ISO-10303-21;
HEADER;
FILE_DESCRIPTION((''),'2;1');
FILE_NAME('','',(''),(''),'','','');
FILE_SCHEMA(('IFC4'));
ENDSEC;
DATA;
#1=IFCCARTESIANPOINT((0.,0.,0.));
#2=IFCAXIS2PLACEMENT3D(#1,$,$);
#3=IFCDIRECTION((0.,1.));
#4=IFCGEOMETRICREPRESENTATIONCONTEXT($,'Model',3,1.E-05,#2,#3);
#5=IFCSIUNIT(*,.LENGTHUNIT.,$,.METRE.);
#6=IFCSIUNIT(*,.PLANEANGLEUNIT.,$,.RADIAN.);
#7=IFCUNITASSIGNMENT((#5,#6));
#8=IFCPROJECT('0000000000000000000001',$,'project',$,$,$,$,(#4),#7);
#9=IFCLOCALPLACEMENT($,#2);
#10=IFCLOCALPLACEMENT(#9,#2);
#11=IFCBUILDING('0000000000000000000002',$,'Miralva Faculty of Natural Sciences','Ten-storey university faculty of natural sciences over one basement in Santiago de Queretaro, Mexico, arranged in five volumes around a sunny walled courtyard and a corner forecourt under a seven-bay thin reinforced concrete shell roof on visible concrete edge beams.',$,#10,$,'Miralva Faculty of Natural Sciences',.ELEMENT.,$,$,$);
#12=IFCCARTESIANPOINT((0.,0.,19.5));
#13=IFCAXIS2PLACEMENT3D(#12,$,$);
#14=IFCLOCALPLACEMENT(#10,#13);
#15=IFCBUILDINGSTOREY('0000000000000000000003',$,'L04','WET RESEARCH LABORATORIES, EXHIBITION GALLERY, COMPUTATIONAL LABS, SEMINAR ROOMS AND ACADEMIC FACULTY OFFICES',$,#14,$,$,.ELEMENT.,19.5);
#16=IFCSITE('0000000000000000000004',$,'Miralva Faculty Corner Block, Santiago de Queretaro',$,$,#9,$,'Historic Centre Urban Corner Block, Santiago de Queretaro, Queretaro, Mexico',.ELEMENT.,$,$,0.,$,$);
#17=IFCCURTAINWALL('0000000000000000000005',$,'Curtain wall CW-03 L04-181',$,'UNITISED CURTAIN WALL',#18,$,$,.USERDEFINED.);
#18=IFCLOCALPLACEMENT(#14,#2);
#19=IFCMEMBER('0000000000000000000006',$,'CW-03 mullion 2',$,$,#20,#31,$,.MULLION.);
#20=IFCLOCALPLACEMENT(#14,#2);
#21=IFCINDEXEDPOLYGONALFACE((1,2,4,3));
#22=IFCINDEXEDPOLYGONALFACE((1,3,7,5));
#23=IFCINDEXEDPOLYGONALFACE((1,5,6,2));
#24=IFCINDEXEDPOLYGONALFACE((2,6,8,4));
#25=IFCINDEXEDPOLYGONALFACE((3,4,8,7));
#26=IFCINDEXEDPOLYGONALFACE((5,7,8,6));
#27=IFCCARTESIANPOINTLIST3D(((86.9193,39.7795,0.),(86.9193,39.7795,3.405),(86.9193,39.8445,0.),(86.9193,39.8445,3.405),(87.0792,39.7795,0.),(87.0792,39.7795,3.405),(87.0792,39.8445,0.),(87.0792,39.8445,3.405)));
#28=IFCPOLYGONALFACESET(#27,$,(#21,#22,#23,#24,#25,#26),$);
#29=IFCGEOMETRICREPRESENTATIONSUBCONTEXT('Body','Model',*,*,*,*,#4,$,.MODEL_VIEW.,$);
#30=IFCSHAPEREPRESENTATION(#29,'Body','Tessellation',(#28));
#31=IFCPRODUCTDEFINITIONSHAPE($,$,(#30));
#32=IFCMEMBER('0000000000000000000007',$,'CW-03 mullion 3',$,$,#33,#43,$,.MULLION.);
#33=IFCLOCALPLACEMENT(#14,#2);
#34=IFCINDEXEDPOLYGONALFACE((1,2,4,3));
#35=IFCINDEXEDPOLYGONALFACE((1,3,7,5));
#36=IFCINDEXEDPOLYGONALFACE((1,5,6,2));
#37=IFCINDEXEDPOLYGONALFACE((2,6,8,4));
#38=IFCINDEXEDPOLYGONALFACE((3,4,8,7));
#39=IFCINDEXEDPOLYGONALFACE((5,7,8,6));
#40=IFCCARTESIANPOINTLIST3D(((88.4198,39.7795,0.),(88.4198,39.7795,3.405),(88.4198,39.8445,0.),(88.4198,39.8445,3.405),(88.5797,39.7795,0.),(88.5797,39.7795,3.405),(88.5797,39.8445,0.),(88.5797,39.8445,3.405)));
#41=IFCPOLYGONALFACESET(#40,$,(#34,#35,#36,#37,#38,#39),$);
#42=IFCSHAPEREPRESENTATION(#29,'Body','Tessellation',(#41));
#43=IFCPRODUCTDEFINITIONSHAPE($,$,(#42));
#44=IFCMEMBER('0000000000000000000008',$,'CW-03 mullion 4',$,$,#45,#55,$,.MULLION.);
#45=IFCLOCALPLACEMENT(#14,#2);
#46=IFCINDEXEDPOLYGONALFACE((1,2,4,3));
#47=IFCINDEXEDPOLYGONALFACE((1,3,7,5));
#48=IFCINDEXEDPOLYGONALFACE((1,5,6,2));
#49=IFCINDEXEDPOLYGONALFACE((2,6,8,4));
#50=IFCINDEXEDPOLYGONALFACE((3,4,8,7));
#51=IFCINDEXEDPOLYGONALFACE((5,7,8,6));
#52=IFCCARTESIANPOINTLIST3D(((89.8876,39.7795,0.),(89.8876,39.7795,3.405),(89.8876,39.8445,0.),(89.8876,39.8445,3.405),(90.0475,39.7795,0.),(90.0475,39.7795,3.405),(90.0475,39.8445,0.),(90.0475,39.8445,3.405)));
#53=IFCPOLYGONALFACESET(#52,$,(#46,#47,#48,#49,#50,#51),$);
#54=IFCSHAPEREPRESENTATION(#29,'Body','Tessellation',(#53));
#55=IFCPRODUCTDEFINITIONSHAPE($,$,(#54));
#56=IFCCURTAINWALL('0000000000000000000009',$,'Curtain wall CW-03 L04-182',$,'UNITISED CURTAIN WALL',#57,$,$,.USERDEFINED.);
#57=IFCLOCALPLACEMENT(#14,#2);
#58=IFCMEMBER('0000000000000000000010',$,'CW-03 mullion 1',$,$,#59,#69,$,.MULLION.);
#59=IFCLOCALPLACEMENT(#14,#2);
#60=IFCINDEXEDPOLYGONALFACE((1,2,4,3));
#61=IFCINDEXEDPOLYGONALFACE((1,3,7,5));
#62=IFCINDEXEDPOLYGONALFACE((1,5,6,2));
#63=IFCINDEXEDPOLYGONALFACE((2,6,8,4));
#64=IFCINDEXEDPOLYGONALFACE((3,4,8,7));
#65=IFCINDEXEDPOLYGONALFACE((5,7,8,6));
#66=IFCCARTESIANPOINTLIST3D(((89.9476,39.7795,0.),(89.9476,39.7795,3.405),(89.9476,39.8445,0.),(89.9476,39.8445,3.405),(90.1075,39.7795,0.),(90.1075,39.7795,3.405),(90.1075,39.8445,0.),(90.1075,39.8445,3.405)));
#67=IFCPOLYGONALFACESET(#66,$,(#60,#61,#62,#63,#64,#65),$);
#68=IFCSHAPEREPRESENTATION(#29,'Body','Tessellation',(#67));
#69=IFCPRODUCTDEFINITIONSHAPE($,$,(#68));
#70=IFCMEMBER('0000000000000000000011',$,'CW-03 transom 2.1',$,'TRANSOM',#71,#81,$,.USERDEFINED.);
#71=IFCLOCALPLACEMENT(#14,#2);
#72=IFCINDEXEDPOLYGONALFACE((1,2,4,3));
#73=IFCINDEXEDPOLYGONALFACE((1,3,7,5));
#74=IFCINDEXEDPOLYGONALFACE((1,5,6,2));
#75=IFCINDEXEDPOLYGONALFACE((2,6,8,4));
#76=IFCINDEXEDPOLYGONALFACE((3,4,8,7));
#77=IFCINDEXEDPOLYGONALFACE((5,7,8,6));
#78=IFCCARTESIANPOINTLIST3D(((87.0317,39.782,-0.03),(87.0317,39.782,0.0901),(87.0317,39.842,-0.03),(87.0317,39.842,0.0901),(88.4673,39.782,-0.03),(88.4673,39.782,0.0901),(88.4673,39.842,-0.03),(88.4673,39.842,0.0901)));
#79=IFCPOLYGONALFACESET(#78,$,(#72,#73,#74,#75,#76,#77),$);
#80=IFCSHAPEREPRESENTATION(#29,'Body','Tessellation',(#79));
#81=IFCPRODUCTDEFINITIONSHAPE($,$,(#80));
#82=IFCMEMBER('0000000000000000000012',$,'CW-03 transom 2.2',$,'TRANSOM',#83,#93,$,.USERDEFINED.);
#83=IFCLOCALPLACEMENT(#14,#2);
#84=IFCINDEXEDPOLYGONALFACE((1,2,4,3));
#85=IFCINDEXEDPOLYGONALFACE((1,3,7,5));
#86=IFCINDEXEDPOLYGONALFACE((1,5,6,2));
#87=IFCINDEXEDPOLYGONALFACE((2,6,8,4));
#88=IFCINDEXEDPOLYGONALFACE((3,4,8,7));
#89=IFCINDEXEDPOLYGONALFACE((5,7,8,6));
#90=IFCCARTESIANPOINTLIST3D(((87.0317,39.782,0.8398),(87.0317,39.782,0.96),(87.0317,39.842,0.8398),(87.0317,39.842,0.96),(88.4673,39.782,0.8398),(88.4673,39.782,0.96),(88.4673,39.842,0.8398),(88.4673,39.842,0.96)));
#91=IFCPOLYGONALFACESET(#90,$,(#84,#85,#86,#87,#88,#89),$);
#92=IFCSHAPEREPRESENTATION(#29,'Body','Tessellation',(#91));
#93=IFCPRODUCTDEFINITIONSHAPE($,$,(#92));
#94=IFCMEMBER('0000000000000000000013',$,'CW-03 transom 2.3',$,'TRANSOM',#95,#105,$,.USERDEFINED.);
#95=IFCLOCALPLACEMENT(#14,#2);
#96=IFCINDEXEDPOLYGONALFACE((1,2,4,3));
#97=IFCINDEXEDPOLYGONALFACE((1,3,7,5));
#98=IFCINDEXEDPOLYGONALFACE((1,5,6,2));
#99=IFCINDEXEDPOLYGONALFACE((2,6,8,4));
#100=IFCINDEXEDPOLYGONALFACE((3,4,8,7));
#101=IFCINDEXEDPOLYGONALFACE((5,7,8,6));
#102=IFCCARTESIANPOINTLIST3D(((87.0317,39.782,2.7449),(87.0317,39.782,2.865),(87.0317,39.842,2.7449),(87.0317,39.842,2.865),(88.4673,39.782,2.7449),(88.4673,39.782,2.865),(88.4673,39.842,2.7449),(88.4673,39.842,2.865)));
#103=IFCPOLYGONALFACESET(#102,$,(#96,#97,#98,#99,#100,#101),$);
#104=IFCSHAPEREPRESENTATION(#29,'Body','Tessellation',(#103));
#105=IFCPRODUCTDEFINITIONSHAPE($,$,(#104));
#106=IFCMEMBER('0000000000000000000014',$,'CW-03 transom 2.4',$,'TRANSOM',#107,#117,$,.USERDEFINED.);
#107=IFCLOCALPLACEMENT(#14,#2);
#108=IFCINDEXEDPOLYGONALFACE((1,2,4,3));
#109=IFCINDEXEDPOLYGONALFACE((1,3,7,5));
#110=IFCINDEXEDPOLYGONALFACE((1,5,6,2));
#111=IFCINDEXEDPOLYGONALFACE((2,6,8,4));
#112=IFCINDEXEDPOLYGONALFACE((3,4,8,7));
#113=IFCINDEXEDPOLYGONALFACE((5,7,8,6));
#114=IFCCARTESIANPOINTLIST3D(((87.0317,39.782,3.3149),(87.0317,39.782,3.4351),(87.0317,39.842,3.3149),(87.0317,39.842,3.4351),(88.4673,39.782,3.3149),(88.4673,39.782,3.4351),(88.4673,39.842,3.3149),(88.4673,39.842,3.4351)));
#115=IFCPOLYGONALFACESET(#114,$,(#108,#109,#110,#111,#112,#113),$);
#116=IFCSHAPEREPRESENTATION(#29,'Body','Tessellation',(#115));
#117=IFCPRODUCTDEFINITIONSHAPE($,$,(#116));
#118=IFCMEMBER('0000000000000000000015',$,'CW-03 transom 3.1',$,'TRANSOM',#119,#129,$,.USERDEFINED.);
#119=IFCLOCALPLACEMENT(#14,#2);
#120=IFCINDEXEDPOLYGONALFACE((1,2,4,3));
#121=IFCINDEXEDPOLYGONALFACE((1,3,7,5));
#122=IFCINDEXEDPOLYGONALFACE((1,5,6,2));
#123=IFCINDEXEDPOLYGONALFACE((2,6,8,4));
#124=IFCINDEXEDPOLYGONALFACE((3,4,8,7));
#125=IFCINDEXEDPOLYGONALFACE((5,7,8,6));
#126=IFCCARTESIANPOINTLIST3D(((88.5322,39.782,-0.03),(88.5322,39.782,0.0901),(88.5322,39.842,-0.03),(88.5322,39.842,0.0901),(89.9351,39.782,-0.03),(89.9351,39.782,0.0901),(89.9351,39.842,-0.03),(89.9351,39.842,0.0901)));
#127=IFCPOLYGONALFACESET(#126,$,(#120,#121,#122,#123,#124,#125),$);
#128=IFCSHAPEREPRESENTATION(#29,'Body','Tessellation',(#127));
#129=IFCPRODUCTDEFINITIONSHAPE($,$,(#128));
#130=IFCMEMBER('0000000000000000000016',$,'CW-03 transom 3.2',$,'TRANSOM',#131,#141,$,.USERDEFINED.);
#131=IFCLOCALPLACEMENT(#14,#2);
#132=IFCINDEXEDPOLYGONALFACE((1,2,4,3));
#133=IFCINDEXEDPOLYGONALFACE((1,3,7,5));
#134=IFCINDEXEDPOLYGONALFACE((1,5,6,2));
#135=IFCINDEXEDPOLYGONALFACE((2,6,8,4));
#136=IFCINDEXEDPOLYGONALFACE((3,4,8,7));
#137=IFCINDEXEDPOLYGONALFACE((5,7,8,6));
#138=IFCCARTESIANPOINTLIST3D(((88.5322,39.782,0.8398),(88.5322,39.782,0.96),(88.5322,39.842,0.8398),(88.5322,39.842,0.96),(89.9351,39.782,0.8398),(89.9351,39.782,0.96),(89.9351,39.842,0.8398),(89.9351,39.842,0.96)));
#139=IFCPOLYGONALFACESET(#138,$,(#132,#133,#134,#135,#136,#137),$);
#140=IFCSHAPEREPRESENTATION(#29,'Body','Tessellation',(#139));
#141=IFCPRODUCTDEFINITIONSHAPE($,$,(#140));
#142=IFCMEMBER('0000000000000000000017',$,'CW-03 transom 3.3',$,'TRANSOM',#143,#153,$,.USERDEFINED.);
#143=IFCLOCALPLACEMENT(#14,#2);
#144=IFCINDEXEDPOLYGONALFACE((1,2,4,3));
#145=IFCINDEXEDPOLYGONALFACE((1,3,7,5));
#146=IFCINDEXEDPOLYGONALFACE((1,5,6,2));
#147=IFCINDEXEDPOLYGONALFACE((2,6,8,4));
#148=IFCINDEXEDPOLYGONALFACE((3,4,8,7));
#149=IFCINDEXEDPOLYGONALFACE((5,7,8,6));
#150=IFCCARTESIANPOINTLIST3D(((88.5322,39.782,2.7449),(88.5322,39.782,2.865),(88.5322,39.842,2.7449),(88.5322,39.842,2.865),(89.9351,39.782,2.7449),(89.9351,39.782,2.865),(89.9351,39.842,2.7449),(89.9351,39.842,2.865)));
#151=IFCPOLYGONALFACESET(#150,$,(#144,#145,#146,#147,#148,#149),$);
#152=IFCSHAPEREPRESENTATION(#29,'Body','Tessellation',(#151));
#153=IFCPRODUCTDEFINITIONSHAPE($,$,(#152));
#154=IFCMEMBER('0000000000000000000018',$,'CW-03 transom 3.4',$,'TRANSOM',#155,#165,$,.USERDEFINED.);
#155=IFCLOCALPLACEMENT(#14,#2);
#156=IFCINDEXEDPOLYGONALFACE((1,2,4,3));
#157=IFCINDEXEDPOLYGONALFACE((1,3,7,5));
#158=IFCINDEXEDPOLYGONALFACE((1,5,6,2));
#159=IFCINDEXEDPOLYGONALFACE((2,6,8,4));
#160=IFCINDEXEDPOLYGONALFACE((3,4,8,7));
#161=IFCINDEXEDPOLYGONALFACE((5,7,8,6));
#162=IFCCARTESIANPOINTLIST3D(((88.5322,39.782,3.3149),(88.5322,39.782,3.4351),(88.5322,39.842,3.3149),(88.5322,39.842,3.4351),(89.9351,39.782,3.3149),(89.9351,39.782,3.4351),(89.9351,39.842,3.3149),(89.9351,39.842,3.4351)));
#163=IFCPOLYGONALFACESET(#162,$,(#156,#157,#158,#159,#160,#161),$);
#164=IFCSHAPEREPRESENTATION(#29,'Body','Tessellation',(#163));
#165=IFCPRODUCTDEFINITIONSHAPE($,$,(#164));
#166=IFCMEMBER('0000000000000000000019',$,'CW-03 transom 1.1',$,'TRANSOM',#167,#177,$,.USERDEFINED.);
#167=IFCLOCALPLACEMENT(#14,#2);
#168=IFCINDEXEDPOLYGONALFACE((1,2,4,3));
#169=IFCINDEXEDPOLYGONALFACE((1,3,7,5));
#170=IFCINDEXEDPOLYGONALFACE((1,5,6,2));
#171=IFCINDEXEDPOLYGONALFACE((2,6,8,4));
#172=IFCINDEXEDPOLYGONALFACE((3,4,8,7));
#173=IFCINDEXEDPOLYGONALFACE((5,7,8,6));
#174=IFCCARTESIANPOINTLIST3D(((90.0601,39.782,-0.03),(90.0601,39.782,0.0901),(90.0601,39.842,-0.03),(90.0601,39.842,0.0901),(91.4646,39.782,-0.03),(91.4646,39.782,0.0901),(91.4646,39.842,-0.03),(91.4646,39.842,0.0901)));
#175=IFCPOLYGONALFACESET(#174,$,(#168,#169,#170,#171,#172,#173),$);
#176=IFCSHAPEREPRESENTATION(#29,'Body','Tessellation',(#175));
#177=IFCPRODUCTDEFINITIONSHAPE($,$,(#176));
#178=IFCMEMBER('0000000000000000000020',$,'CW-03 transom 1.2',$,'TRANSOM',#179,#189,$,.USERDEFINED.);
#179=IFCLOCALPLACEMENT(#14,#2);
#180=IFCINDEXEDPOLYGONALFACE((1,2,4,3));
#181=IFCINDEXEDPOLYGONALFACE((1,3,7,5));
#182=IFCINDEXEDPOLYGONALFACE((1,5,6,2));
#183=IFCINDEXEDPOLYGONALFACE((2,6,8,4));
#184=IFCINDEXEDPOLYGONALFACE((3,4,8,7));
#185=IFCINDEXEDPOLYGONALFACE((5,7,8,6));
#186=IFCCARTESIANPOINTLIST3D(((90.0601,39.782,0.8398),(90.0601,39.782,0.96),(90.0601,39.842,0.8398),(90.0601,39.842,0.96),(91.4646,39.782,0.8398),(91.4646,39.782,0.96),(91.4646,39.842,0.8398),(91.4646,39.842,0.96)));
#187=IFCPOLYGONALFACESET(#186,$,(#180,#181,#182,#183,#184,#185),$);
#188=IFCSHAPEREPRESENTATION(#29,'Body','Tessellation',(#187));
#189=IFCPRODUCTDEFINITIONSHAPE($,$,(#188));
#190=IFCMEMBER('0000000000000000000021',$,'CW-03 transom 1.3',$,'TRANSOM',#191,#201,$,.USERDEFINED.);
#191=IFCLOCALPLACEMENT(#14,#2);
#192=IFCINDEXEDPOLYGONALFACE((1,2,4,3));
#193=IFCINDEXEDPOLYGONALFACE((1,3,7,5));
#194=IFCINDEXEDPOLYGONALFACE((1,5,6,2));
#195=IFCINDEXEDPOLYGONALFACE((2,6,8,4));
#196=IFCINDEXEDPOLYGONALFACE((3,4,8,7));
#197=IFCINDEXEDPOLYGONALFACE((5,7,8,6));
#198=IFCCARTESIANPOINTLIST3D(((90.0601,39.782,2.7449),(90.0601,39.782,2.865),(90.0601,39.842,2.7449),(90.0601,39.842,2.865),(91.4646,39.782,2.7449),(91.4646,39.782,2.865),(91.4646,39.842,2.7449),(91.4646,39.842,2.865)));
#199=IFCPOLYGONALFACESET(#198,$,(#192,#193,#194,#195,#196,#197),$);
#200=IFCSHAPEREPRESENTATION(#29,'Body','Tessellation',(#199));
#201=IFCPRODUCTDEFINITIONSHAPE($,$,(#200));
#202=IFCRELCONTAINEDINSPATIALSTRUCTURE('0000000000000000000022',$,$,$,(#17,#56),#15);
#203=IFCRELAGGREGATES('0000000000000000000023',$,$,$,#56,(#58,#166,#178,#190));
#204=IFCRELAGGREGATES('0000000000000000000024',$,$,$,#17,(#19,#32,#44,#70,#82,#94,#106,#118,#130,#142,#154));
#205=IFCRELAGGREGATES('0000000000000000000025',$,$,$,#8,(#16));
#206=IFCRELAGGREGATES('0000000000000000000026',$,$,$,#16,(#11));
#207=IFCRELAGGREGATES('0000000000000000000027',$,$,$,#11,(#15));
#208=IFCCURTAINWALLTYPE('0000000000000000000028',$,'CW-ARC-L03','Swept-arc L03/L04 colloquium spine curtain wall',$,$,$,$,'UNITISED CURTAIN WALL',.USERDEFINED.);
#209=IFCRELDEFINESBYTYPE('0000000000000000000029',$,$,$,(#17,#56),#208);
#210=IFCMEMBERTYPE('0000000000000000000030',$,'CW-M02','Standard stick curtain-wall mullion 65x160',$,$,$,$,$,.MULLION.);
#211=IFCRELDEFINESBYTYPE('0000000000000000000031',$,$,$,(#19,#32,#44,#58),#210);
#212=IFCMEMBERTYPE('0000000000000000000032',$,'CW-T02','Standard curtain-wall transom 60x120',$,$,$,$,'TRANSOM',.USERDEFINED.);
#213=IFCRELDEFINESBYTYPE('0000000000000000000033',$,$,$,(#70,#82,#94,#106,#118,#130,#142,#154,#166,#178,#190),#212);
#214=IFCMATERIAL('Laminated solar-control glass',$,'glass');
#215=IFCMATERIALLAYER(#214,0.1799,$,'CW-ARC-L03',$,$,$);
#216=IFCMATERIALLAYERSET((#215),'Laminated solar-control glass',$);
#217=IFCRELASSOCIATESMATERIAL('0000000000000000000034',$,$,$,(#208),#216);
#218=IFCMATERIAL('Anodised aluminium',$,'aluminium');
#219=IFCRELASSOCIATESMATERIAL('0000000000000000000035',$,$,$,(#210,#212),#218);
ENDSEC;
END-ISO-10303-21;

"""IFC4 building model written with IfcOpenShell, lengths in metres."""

from ifc_helpers import new_model, si_unit, direction, frame, origin, origin_2d, place, context, subcontext, project, spatial, rectangle, extrude, material, layer, layer_set, material_profile, profile_set, type_object, element, aggregate, save


model = new_model("IFC4")

# Units and contexts
model_context = context("Model", 3, precision=1e-05, world=origin(), true_north=direction((0.0, 1.0)))
body_context = subcontext(model_context, "Body", "Model", "MODEL_VIEW")
ifc_project = project(units=[si_unit("LENGTHUNIT", "METRE"), si_unit("PLANEANGLEUNIT", "RADIAN")], contexts=[model_context])

# Site, building, storey
site_placement = place(None, origin())
site = spatial("IfcSite", under=ifc_project, at=site_placement, Name="Miralva Faculty Corner Block, Santiago de Queretaro", LongName="Historic Centre Urban Corner Block, Santiago de Queretaro, Queretaro, Mexico", CompositionType="ELEMENT", RefElevation=0.0)
building_placement = place(site_placement, origin())
building = spatial("IfcBuilding", under=site, at=building_placement, Name="Miralva Faculty of Natural Sciences", Description="Ten-storey university faculty of natural sciences over one basement in Santiago de Queretaro, Mexico, arranged in five volumes around a sunny walled courtyard and a corner forecourt under a seven-bay thin reinforced concrete shell roof on visible concrete edge beams.", LongName="Miralva Faculty of Natural Sciences", CompositionType="ELEMENT")
storey_placement = place(building_placement, frame((0.0, 0.0, 19.5)))
storey = spatial("IfcBuildingStorey", under=building, at=storey_placement, Name="L04", Description="WET RESEARCH LABORATORIES, EXHIBITION GALLERY, COMPUTATIONAL LABS, SEMINAR ROOMS AND ACADEMIC FACULTY OFFICES", CompositionType="ELEMENT", Elevation=19.5)

# Curtain wall, members
ifc_material_1 = material(Name="Laminated solar-control glass", Category="glass")
ifc_layer_1 = layer(ifc_material_1, 0.1799, Name="CW-ARC-L03")
ifc_layer_set_1 = layer_set([ifc_layer_1], Name="Laminated solar-control glass")
curtain_wall_type = type_object("IfcCurtainWallType", Name="CW-ARC-L03", Description="Swept-arc L03/L04 colloquium spine curtain wall", ElementType="UNITISED CURTAIN WALL", PredefinedType="USERDEFINED", material=ifc_layer_set_1)
curtain_wall_1_placement = place(storey_placement, origin())
curtain_wall_1 = element("IfcCurtainWall", 1, at=curtain_wall_1_placement, inside=storey, type_object=curtain_wall_type, Name="Curtain wall CW-03 L04-181", ObjectType="UNITISED CURTAIN WALL", PredefinedType="USERDEFINED")
ifc_material_2 = material(Name="Anodised aluminium", Category="aluminium")
ifc_material_profile_1 = material_profile(ifc_material_2, rectangle(XDim=0.0649, YDim=0.1599, at=origin_2d()), Name="MULLION 65x160")
ifc_profile_set_1 = profile_set([ifc_material_profile_1], Name="Anodised aluminium")
member_type_1 = type_object("IfcMemberType", Name="CW-M02", Description="Standard stick curtain-wall mullion 65x160", PredefinedType="MULLION", material=ifc_profile_set_1)
member_1_placement = place(storey_placement, frame((86.9993, 39.812, 0.0), z_axis=(0.0, 0.0, 1.0), x_axis=(0.0, 1.0, 0.0)))
member_1 = element("IfcMember", 2, at=member_1_placement, type_object=member_type_1, Name="CW-03 mullion 2", PredefinedType="MULLION", context=body_context, shape_type="SweptSolid", body=[
    extrude(rectangle(XDim=0.0649, YDim=0.1599, at=origin_2d()), origin(), (0.0, 0.0, 1.0), 3.405),
])
member_2_placement = place(storey_placement, frame((88.4998, 39.812, 0.0), z_axis=(0.0, 0.0, 1.0), x_axis=(0.0, 1.0, 0.0)))
member_2 = element("IfcMember", 3, at=member_2_placement, type_object=member_type_1, Name="CW-03 mullion 3", PredefinedType="MULLION", context=body_context, shape_type="SweptSolid", body=[
    extrude(rectangle(XDim=0.0649, YDim=0.1599, at=origin_2d()), origin(), (0.0, 0.0, 1.0), 3.405),
])
member_3_placement = place(storey_placement, frame((89.9675, 39.812, 0.0), z_axis=(0.0, 0.0, 1.0), x_axis=(0.0, 1.0, 0.0)))
member_3 = element("IfcMember", 4, at=member_3_placement, type_object=member_type_1, Name="CW-03 mullion 4", PredefinedType="MULLION", context=body_context, shape_type="SweptSolid", body=[
    extrude(rectangle(XDim=0.0649, YDim=0.1599, at=origin_2d()), origin(), (0.0, 0.0, 1.0), 3.405),
])

# Curtain wall, member
curtain_wall_2_placement = place(storey_placement, origin())
curtain_wall_2 = element("IfcCurtainWall", 5, at=curtain_wall_2_placement, inside=storey, type_object=curtain_wall_type, Name="Curtain wall CW-03 L04-182", ObjectType="UNITISED CURTAIN WALL", PredefinedType="USERDEFINED")
member_4_placement = place(storey_placement, frame((90.0276, 39.812, 0.0), z_axis=(0.0, 0.0, 1.0), x_axis=(0.0, 1.0, 0.0)))
member_4 = element("IfcMember", 6, at=member_4_placement, type_object=member_type_1, Name="CW-03 mullion 1", PredefinedType="MULLION", context=body_context, shape_type="SweptSolid", body=[
    extrude(rectangle(XDim=0.0649, YDim=0.1599, at=origin_2d()), origin(), (0.0, 0.0, 1.0), 3.405),
])

# Members
ifc_material_profile_2 = material_profile(ifc_material_2, rectangle(XDim=0.0601, YDim=0.1201, at=origin_2d()), Name="TRANSOM 60x120")
ifc_profile_set_2 = profile_set([ifc_material_profile_2], Name="Anodised aluminium")
member_type_2 = type_object("IfcMemberType", Name="CW-T02", Description="Standard curtain-wall transom 60x120", ElementType="TRANSOM", PredefinedType="USERDEFINED", material=ifc_profile_set_2)
member_5_placement = place(storey_placement, frame((87.0317, 39.812, 0.03), z_axis=(1.0, 0.0, 0.0), x_axis=(0.0, 1.0, 0.0)))
member_5 = element("IfcMember", 7, at=member_5_placement, type_object=member_type_2, Name="CW-03 transom 2.1", ObjectType="TRANSOM", PredefinedType="USERDEFINED", context=body_context, shape_type="SweptSolid", body=[
    extrude(rectangle(XDim=0.0601, YDim=0.1201, at=origin_2d()), origin(), (0.0, 0.0, 1.0), 1.4355),
])
member_6_placement = place(storey_placement, frame((87.0317, 39.812, 0.8999), z_axis=(1.0, 0.0, 0.0), x_axis=(0.0, 1.0, 0.0)))
member_6 = element("IfcMember", 8, at=member_6_placement, type_object=member_type_2, Name="CW-03 transom 2.2", ObjectType="TRANSOM", PredefinedType="USERDEFINED", context=body_context, shape_type="SweptSolid", body=[
    extrude(rectangle(XDim=0.0601, YDim=0.1201, at=origin_2d()), origin(), (0.0, 0.0, 1.0), 1.4355),
])
member_7_placement = place(storey_placement, frame((87.0317, 39.812, 2.8049), z_axis=(1.0, 0.0, 0.0), x_axis=(0.0, 1.0, 0.0)))
member_7 = element("IfcMember", 9, at=member_7_placement, type_object=member_type_2, Name="CW-03 transom 2.3", ObjectType="TRANSOM", PredefinedType="USERDEFINED", context=body_context, shape_type="SweptSolid", body=[
    extrude(rectangle(XDim=0.0601, YDim=0.1201, at=origin_2d()), origin(), (0.0, 0.0, 1.0), 1.4355),
])
member_8_placement = place(storey_placement, frame((87.0317, 39.812, 3.375), z_axis=(1.0, 0.0, 0.0), x_axis=(0.0, 1.0, 0.0)))
member_8 = element("IfcMember", 10, at=member_8_placement, type_object=member_type_2, Name="CW-03 transom 2.4", ObjectType="TRANSOM", PredefinedType="USERDEFINED", context=body_context, shape_type="SweptSolid", body=[
    extrude(rectangle(XDim=0.0601, YDim=0.1201, at=origin_2d()), origin(), (0.0, 0.0, 1.0), 1.4355),
])
member_9_placement = place(storey_placement, frame((88.5322, 39.812, 0.03), z_axis=(1.0, 0.0, 0.0), x_axis=(0.0, 1.0, 0.0)))
member_9 = element("IfcMember", 11, at=member_9_placement, type_object=member_type_2, Name="CW-03 transom 3.1", ObjectType="TRANSOM", PredefinedType="USERDEFINED", context=body_context, shape_type="SweptSolid", body=[
    extrude(rectangle(XDim=0.0601, YDim=0.1201, at=origin_2d()), origin(), (0.0, 0.0, 1.0), 1.4028),
])
member_10_placement = place(storey_placement, frame((88.5322, 39.812, 0.8999), z_axis=(1.0, 0.0, 0.0), x_axis=(0.0, 1.0, 0.0)))
member_10 = element("IfcMember", 12, at=member_10_placement, type_object=member_type_2, Name="CW-03 transom 3.2", ObjectType="TRANSOM", PredefinedType="USERDEFINED", context=body_context, shape_type="SweptSolid", body=[
    extrude(rectangle(XDim=0.0601, YDim=0.1201, at=origin_2d()), origin(), (0.0, 0.0, 1.0), 1.4028),
])
member_11_placement = place(storey_placement, frame((88.5322, 39.812, 2.8049), z_axis=(1.0, 0.0, 0.0), x_axis=(0.0, 1.0, 0.0)))
member_11 = element("IfcMember", 13, at=member_11_placement, type_object=member_type_2, Name="CW-03 transom 3.3", ObjectType="TRANSOM", PredefinedType="USERDEFINED", context=body_context, shape_type="SweptSolid", body=[
    extrude(rectangle(XDim=0.0601, YDim=0.1201, at=origin_2d()), origin(), (0.0, 0.0, 1.0), 1.4028),
])
member_12_placement = place(storey_placement, frame((88.5322, 39.812, 3.375), z_axis=(1.0, 0.0, 0.0), x_axis=(0.0, 1.0, 0.0)))
member_12 = element("IfcMember", 14, at=member_12_placement, type_object=member_type_2, Name="CW-03 transom 3.4", ObjectType="TRANSOM", PredefinedType="USERDEFINED", context=body_context, shape_type="SweptSolid", body=[
    extrude(rectangle(XDim=0.0601, YDim=0.1201, at=origin_2d()), origin(), (0.0, 0.0, 1.0), 1.4028),
])
member_13_placement = place(storey_placement, frame((90.0601, 39.812, 0.03), z_axis=(1.0, 0.0, 0.0), x_axis=(0.0, 1.0, 0.0)))
member_13 = element("IfcMember", 15, at=member_13_placement, type_object=member_type_2, Name="CW-03 transom 1.1", ObjectType="TRANSOM", PredefinedType="USERDEFINED", context=body_context, shape_type="SweptSolid", body=[
    extrude(rectangle(XDim=0.0601, YDim=0.1201, at=origin_2d()), origin(), (0.0, 0.0, 1.0), 1.4045),
])
member_14_placement = place(storey_placement, frame((90.0601, 39.812, 0.8999), z_axis=(1.0, 0.0, 0.0), x_axis=(0.0, 1.0, 0.0)))
member_14 = element("IfcMember", 16, at=member_14_placement, type_object=member_type_2, Name="CW-03 transom 1.2", ObjectType="TRANSOM", PredefinedType="USERDEFINED", context=body_context, shape_type="SweptSolid", body=[
    extrude(rectangle(XDim=0.0601, YDim=0.1201, at=origin_2d()), origin(), (0.0, 0.0, 1.0), 1.4045),
])
member_15_placement = place(storey_placement, frame((90.0601, 39.812, 2.8049), z_axis=(1.0, 0.0, 0.0), x_axis=(0.0, 1.0, 0.0)))
member_15 = element("IfcMember", 17, at=member_15_placement, type_object=member_type_2, Name="CW-03 transom 1.3", ObjectType="TRANSOM", PredefinedType="USERDEFINED", context=body_context, shape_type="SweptSolid", body=[
    extrude(rectangle(XDim=0.0601, YDim=0.1201, at=origin_2d()), origin(), (0.0, 0.0, 1.0), 1.4045),
])
aggregate(curtain_wall_2, [member_4, member_13, member_14, member_15])

aggregate(curtain_wall_1, [member_1, member_2, member_3, member_5, member_6, member_7, member_8, member_9, member_10, member_11, member_12])

save(model, "model.ifc")
